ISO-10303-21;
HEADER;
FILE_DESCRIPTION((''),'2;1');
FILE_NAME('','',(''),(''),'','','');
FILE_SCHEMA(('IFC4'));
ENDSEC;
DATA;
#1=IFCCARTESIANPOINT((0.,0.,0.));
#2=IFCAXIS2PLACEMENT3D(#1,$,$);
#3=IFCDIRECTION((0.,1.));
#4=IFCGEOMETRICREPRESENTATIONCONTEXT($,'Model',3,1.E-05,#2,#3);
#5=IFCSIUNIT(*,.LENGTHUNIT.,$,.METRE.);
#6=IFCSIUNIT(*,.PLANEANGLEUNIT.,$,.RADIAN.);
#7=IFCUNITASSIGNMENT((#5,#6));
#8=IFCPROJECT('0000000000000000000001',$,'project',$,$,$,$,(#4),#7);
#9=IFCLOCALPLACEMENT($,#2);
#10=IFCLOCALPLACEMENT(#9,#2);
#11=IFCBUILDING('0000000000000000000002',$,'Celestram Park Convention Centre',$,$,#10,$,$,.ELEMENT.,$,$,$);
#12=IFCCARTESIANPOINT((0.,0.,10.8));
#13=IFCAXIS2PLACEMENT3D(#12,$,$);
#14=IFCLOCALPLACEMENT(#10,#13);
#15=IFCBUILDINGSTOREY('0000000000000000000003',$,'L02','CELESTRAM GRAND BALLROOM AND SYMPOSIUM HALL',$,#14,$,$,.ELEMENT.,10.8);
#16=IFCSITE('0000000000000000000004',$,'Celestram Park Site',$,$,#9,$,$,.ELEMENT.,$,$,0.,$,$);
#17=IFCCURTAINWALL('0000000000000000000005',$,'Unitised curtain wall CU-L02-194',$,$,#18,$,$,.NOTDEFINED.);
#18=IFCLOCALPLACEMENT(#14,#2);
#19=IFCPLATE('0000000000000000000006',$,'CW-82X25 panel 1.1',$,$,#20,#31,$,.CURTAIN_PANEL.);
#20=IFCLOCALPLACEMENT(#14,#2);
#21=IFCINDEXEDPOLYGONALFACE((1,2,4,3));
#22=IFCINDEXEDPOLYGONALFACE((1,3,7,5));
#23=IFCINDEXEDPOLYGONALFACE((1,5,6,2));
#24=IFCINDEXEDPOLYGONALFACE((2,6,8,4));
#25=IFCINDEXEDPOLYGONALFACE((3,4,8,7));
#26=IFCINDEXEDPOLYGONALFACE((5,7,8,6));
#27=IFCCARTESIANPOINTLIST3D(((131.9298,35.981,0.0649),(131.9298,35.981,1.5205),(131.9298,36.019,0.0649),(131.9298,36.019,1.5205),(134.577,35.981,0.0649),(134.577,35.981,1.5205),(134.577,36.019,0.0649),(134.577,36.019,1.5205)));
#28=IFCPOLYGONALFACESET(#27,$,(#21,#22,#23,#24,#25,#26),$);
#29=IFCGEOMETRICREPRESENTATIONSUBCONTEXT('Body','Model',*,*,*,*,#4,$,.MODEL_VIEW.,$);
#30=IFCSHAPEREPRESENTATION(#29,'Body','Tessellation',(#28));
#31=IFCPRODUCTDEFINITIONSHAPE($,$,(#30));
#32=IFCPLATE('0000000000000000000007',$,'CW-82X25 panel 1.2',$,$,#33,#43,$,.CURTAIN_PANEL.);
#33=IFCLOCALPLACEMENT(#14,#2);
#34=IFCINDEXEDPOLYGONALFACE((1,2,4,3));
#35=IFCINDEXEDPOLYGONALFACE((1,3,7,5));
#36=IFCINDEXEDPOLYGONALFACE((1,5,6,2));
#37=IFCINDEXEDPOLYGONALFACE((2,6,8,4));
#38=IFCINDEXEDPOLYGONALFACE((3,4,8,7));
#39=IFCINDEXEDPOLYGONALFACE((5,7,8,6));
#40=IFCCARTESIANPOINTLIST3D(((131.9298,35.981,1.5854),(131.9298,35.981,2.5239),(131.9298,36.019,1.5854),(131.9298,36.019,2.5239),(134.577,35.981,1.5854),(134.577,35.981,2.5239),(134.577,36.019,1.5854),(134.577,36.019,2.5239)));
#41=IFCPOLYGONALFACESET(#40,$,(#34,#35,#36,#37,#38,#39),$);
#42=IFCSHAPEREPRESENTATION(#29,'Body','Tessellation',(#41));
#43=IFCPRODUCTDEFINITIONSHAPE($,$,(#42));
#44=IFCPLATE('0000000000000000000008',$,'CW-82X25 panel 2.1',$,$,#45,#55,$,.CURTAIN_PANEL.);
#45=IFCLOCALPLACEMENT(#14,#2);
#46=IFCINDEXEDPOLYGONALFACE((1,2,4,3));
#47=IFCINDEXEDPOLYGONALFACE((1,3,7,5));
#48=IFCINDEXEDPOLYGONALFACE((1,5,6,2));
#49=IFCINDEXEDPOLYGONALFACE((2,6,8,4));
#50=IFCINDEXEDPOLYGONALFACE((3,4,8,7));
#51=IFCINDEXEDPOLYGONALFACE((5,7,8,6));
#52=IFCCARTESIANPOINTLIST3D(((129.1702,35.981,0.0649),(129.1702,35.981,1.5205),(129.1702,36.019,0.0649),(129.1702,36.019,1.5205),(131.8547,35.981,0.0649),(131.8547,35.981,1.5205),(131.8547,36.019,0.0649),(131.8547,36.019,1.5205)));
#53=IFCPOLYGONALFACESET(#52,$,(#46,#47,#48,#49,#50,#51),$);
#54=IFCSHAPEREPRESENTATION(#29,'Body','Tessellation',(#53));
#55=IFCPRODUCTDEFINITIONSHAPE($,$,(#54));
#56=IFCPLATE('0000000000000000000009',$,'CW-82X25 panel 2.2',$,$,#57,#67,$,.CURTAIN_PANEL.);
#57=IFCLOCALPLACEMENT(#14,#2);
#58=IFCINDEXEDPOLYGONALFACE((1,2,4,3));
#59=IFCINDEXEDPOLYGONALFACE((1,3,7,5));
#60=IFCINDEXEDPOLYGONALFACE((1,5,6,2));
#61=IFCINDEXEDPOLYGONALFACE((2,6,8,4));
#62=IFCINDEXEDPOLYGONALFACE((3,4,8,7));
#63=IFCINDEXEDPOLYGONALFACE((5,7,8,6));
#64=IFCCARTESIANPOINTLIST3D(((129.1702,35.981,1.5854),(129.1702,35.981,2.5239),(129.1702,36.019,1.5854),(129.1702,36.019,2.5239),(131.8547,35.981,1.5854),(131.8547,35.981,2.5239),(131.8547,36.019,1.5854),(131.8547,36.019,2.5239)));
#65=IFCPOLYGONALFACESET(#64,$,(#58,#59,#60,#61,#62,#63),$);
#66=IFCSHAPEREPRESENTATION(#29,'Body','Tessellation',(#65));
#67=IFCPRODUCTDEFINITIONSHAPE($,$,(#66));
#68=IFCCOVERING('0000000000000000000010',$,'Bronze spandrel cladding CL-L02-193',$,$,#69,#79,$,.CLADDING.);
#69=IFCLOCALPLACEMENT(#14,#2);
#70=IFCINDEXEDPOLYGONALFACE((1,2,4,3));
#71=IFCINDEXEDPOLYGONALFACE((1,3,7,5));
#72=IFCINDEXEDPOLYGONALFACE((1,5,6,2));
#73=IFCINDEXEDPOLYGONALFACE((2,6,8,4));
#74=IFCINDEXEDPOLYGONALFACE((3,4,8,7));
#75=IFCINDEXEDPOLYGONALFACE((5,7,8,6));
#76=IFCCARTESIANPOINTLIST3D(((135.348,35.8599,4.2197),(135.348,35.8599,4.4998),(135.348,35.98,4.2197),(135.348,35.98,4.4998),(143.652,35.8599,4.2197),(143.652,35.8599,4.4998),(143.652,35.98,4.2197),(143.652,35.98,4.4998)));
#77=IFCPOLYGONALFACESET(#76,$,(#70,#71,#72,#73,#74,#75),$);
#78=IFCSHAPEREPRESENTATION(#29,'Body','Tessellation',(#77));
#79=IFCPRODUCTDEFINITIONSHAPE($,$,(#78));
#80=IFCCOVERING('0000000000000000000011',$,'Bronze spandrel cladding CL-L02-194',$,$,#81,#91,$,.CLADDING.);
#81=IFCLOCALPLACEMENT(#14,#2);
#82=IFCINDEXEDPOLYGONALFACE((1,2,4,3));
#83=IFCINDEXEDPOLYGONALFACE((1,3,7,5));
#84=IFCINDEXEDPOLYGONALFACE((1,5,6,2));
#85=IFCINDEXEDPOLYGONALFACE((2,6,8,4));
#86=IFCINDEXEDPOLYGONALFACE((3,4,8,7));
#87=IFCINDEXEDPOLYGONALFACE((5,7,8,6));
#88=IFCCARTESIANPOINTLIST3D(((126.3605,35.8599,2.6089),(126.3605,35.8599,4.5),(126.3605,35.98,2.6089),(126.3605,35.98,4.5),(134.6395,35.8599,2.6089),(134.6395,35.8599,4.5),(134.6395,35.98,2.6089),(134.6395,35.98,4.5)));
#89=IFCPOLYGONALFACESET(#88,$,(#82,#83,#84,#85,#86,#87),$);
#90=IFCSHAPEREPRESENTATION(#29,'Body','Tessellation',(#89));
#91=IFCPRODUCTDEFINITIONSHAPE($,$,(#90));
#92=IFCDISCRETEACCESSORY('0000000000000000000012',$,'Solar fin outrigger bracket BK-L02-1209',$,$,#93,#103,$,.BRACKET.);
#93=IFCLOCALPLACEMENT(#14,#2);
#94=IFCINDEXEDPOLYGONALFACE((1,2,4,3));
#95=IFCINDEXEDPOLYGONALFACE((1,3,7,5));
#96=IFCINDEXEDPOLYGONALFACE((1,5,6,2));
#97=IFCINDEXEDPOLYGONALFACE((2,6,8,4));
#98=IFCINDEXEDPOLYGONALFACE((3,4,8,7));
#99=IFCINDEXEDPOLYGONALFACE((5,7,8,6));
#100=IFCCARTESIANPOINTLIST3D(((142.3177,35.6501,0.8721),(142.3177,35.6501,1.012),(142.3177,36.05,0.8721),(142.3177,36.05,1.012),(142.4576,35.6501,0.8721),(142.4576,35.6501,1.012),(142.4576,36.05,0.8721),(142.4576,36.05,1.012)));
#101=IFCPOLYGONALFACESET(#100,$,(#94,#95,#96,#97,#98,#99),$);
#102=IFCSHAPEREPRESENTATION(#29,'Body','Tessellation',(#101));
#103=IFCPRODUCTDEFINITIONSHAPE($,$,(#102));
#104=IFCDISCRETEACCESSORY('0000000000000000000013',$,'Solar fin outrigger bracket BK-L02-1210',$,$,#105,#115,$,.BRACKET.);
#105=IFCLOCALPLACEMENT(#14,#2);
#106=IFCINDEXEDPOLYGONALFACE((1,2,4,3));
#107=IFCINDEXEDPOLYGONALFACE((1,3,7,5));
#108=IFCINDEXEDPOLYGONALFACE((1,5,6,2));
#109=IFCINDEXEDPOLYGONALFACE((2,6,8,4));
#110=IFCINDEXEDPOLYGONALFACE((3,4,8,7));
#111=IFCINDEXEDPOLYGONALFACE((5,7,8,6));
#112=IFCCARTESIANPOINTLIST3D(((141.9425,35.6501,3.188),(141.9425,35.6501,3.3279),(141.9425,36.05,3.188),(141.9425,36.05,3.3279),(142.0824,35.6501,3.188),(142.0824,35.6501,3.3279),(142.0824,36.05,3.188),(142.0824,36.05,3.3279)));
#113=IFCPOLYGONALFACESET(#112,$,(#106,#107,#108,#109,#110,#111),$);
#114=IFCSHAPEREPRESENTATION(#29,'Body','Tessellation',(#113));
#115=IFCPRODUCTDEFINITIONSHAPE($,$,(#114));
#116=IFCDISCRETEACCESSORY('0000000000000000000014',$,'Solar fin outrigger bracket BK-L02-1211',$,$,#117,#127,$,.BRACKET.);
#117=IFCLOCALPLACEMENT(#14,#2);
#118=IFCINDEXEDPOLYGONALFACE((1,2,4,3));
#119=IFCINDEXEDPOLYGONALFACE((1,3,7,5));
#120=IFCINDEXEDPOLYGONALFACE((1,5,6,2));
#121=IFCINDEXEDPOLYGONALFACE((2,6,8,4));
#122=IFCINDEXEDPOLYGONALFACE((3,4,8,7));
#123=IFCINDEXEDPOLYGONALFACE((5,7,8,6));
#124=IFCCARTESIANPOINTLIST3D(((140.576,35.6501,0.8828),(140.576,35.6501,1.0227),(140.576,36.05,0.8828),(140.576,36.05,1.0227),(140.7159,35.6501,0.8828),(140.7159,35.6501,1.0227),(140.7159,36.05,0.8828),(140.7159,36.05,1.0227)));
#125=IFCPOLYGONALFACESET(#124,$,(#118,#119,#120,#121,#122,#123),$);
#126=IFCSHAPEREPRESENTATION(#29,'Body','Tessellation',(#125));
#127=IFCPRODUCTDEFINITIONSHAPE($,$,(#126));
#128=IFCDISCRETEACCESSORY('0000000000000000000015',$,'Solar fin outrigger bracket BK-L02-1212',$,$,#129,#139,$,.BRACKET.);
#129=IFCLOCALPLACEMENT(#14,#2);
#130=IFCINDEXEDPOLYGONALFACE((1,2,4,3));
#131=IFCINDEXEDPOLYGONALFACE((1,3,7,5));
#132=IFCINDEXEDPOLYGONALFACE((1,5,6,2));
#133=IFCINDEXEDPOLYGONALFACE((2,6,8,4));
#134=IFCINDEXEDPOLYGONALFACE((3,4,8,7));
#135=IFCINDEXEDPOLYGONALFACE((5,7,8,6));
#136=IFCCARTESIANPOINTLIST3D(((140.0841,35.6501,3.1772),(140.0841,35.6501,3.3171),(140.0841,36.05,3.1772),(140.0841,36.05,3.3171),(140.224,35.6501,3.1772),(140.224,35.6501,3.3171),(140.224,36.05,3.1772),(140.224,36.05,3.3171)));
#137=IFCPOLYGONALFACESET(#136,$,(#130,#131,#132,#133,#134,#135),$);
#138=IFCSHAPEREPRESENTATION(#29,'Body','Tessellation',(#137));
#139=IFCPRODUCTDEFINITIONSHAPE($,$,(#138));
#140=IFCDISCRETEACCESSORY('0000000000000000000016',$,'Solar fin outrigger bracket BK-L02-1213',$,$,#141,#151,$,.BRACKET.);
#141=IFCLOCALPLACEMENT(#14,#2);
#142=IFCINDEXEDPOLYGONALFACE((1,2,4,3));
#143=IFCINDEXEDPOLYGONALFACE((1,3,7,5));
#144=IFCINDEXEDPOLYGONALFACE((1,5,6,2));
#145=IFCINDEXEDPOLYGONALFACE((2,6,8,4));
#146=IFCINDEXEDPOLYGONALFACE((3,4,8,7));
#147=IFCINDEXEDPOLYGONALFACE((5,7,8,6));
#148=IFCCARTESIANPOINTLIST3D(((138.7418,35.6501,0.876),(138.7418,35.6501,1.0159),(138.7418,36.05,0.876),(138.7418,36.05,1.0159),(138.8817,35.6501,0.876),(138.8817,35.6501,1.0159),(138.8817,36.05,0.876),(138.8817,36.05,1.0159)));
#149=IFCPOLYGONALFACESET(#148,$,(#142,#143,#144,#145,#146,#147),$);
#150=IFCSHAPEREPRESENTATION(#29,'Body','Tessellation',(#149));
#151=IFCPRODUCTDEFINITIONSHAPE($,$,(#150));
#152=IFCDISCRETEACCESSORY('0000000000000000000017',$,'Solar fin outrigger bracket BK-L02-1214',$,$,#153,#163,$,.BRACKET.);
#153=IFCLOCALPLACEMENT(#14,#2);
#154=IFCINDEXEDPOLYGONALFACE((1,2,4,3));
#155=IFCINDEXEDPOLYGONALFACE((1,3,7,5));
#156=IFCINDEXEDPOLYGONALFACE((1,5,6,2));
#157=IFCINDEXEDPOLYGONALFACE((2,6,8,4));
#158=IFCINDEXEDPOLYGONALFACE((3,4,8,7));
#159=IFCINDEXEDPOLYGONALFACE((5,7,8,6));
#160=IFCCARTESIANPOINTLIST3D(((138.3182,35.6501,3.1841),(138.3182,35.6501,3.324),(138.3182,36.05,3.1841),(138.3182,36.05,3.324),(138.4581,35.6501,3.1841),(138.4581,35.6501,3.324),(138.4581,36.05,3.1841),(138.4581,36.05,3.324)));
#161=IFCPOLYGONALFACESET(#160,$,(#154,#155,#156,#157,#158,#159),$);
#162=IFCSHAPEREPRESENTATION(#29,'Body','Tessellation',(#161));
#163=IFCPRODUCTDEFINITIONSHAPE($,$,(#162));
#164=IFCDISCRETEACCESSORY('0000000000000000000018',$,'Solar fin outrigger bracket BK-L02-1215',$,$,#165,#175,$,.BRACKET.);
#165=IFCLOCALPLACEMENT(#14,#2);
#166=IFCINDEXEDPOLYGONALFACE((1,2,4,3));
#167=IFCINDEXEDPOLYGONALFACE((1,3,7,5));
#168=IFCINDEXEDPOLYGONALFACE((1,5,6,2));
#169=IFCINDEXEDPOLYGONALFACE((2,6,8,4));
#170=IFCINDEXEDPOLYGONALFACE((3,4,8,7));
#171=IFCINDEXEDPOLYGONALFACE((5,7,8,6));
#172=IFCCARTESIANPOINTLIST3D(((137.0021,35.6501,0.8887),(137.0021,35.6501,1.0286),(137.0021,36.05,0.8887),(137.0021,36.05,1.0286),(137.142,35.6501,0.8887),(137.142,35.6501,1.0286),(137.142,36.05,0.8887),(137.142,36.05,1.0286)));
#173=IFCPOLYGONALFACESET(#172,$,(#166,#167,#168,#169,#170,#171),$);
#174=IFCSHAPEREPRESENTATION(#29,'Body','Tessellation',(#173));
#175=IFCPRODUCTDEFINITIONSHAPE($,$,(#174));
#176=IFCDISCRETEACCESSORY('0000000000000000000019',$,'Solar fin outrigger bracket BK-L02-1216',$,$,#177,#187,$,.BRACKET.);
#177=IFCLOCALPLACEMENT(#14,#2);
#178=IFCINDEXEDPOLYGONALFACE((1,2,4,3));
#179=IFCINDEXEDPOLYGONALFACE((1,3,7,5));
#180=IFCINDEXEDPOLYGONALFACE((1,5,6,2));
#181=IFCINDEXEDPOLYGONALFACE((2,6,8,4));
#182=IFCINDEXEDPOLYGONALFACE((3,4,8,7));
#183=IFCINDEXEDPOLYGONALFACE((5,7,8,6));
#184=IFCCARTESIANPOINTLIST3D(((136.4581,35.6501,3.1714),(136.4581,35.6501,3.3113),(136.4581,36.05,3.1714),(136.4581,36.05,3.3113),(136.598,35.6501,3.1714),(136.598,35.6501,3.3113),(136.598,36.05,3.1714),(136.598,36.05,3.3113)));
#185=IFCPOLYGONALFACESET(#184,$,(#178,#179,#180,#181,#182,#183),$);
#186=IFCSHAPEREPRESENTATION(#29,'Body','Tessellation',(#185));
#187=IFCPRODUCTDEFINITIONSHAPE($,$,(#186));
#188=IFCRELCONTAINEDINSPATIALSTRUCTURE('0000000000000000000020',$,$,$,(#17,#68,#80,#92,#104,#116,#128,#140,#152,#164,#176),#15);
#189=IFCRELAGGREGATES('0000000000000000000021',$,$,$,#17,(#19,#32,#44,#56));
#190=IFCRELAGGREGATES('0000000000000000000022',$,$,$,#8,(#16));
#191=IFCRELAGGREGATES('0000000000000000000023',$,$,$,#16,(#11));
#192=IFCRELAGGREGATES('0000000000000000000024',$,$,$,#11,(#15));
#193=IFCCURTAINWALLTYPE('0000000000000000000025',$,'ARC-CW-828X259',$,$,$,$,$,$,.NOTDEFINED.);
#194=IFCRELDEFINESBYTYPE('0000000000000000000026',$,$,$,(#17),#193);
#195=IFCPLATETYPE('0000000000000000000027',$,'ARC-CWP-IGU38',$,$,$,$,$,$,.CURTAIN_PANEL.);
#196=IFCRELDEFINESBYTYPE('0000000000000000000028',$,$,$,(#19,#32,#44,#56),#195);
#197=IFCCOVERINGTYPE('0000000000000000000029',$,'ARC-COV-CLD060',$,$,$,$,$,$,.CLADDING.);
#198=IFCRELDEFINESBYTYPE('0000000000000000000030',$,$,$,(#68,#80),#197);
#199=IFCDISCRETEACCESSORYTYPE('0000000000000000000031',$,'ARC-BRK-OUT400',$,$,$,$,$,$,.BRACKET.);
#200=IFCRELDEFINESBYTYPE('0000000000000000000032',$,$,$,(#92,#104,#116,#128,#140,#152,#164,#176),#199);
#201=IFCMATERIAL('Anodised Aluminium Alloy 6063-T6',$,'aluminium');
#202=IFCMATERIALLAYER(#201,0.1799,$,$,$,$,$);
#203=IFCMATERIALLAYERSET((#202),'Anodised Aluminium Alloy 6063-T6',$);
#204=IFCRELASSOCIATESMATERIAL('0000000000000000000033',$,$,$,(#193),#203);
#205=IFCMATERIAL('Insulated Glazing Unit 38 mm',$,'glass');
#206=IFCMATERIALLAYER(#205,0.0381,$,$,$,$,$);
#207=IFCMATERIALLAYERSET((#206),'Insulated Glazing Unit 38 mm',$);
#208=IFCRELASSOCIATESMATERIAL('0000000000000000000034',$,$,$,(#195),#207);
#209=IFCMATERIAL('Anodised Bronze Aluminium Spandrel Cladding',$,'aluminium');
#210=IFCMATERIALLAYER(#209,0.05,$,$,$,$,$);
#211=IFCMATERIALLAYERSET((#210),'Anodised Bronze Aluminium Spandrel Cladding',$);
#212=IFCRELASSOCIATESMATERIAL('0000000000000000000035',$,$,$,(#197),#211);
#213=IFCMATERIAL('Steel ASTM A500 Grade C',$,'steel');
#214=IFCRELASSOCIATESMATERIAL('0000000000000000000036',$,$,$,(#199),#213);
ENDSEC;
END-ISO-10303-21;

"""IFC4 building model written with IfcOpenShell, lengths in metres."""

from ifc_helpers import new_model, si_unit, direction, frame, origin, origin_2d, place, context, subcontext, project, spatial, rectangle, extrude, material, layer, layer_set, type_object, element, aggregate, save


model = new_model("IFC4")

# Units and contexts
model_context = context("Model", 3, precision=1e-05, world=origin(), true_north=direction((0.0, 1.0)))
body_context = subcontext(model_context, "Body", "Model", "MODEL_VIEW")
ifc_project = project(units=[si_unit("LENGTHUNIT", "METRE"), si_unit("PLANEANGLEUNIT", "RADIAN")], contexts=[model_context])

# Site, building, storey
site_placement = place(None, origin())
site = spatial("IfcSite", under=ifc_project, at=site_placement, Name="Celestram Park Site", CompositionType="ELEMENT", RefElevation=0.0)
building_placement = place(site_placement, origin())
building = spatial("IfcBuilding", under=site, at=building_placement, Name="Celestram Park Convention Centre", CompositionType="ELEMENT")
storey_placement = place(building_placement, frame((0.0, 0.0, 10.8)))
storey = spatial("IfcBuildingStorey", under=building, at=storey_placement, Name="L02", Description="CELESTRAM GRAND BALLROOM AND SYMPOSIUM HALL", CompositionType="ELEMENT", Elevation=10.8)

# Curtain wall, plates
ifc_material_1 = material(Name="Anodised Aluminium Alloy 6063-T6", Category="aluminium")
ifc_layer_1 = layer(ifc_material_1, 0.1799)
ifc_layer_set_1 = layer_set([ifc_layer_1], Name="Anodised Aluminium Alloy 6063-T6")
curtain_wall_type = type_object("IfcCurtainWallType", Name="ARC-CW-828X259", PredefinedType="NOTDEFINED", material=ifc_layer_set_1)
curtain_wall_placement = place(storey_placement, origin())
curtain_wall = element("IfcCurtainWall", 1, at=curtain_wall_placement, inside=storey, type_object=curtain_wall_type, Name="Unitised curtain wall CU-L02-194", PredefinedType="NOTDEFINED")
ifc_material_2 = material(Name="Insulated Glazing Unit 38 mm", Category="glass")
ifc_layer_2 = layer(ifc_material_2, 0.0381)
ifc_layer_set_2 = layer_set([ifc_layer_2], Name="Insulated Glazing Unit 38 mm")
plate_type = type_object("IfcPlateType", Name="ARC-CWP-IGU38", PredefinedType="CURTAIN_PANEL", material=ifc_layer_set_2)
plate_1_placement = place(storey_placement, frame((133.2534, 36.0, 0.0649), z_axis=(0.0, 0.0, 1.0), x_axis=(-1.0, 0.0, 0.0)))
plate_1 = element("IfcPlate", 2, at=plate_1_placement, type_object=plate_type, Name="CW-82X25 panel 1.1", PredefinedType="CURTAIN_PANEL", context=body_context, shape_type="SweptSolid", body=[
    extrude(rectangle(XDim=2.6472, YDim=0.0381, at=origin_2d()), origin(), (0.0, 0.0, 1.0), 1.4556),
])
plate_2_placement = place(storey_placement, frame((133.2534, 36.0, 1.5854), z_axis=(0.0, 0.0, 1.0), x_axis=(-1.0, 0.0, 0.0)))
plate_2 = element("IfcPlate", 3, at=plate_2_placement, type_object=plate_type, Name="CW-82X25 panel 1.2", PredefinedType="CURTAIN_PANEL", context=body_context, shape_type="SweptSolid", body=[
    extrude(rectangle(XDim=2.6472, YDim=0.0381, at=origin_2d()), origin(), (0.0, 0.0, 1.0), 0.9385),
])
plate_3_placement = place(storey_placement, frame((130.5125, 36.0, 0.0649), z_axis=(0.0, 0.0, 1.0), x_axis=(-1.0, 0.0, 0.0)))
plate_3 = element("IfcPlate", 4, at=plate_3_placement, type_object=plate_type, Name="CW-82X25 panel 2.1", PredefinedType="CURTAIN_PANEL", context=body_context, shape_type="SweptSolid", body=[
    extrude(rectangle(XDim=2.6846, YDim=0.0381, at=origin_2d()), origin(), (0.0, 0.0, 1.0), 1.4556),
])
plate_4_placement = place(storey_placement, frame((130.5125, 36.0, 1.5854), z_axis=(0.0, 0.0, 1.0), x_axis=(-1.0, 0.0, 0.0)))
plate_4 = element("IfcPlate", 5, at=plate_4_placement, type_object=plate_type, Name="CW-82X25 panel 2.2", PredefinedType="CURTAIN_PANEL", context=body_context, shape_type="SweptSolid", body=[
    extrude(rectangle(XDim=2.6846, YDim=0.0381, at=origin_2d()), origin(), (0.0, 0.0, 1.0), 0.9385),
])
aggregate(curtain_wall, [plate_1, plate_2, plate_3, plate_4])

# Coverings
ifc_material_3 = material(Name="Anodised Bronze Aluminium Spandrel Cladding", Category="aluminium")
ifc_layer_3 = layer(ifc_material_3, 0.05)
ifc_layer_set_3 = layer_set([ifc_layer_3], Name="Anodised Bronze Aluminium Spandrel Cladding")
covering_type = type_object("IfcCoveringType", Name="ARC-COV-CLD060", PredefinedType="CLADDING", material=ifc_layer_set_3)
covering_1_placement = place(storey_placement, frame((139.5, 35.9199, 4.2197), z_axis=(0.0, 0.0, 1.0), x_axis=(-1.0, 0.0, 0.0)))
element("IfcCovering", 6, at=covering_1_placement, inside=storey, type_object=covering_type, Name="Bronze spandrel cladding CL-L02-193", PredefinedType="CLADDING", context=body_context, shape_type="SweptSolid", body=[
    extrude(rectangle(XDim=8.304, YDim=0.1201, at=origin_2d()), origin(), (0.0, 0.0, 1.0), 0.28),
])
covering_2_placement = place(storey_placement, frame((130.5, 35.9199, 2.6089), z_axis=(0.0, 0.0, 1.0), x_axis=(-1.0, 0.0, 0.0)))
element("IfcCovering", 7, at=covering_2_placement, inside=storey, type_object=covering_type, Name="Bronze spandrel cladding CL-L02-194", PredefinedType="CLADDING", context=body_context, shape_type="SweptSolid", body=[
    extrude(rectangle(XDim=8.2791, YDim=0.1201, at=origin_2d()), origin(), (0.0, 0.0, 1.0), 1.8911),
])

# Discrete accessories
ifc_material_4 = material(Name="Steel ASTM A500 Grade C", Category="steel")
discrete_accessory_type = type_object("IfcDiscreteAccessoryType", Name="ARC-BRK-OUT400", PredefinedType="BRACKET", material=ifc_material_4)
for number, where, z_axis, x_axis, name in (
    (8, (142.3877, 35.8501, 0.8721), (0.0, 0.0, 1.0), (0.0, -1.0, 0.0), "Solar fin outrigger bracket BK-L02-1209"),
    (9, (142.0125, 35.8501, 3.188), (0.0, 0.0, 1.0), (0.0, -1.0, 0.0), "Solar fin outrigger bracket BK-L02-1210"),
    (10, (140.646, 35.8501, 0.8828), (0.0, 0.0, 1.0), (0.0, -1.0, 0.0), "Solar fin outrigger bracket BK-L02-1211"),
    (11, (140.1541, 35.8501, 3.1772), (0.0, 0.0, 1.0), (0.0, -1.0, 0.0), "Solar fin outrigger bracket BK-L02-1212"),
    (12, (138.8118, 35.8501, 0.876), (0.0, 0.0, 1.0), (0.0, -1.0, 0.0), "Solar fin outrigger bracket BK-L02-1213"),
    (13, (138.3882, 35.8501, 3.1841), (0.0, 0.0, 1.0), (0.0, -1.0, 0.0), "Solar fin outrigger bracket BK-L02-1214"),
    (14, (137.072, 35.8501, 0.8887), (0.0, 0.0, 1.0), (0.0, -1.0, 0.0), "Solar fin outrigger bracket BK-L02-1215"),
    (15, (136.5281, 35.8501, 3.1714), (0.0, 0.0, 1.0), (0.0, -1.0, 0.0), "Solar fin outrigger bracket BK-L02-1216"),
):
    element("IfcDiscreteAccessory", number, at=place(storey_placement, frame(where, z_axis=z_axis, x_axis=x_axis)), inside=storey, type_object=discrete_accessory_type, Name=name, PredefinedType="BRACKET", context=body_context, shape_type="SweptSolid", body=[
        extrude(rectangle(XDim=0.3999, YDim=0.1399, at=origin_2d()), origin(), (0.0, 0.0, 1.0), 0.1399),
    ])

save(model, "model.ifc")
